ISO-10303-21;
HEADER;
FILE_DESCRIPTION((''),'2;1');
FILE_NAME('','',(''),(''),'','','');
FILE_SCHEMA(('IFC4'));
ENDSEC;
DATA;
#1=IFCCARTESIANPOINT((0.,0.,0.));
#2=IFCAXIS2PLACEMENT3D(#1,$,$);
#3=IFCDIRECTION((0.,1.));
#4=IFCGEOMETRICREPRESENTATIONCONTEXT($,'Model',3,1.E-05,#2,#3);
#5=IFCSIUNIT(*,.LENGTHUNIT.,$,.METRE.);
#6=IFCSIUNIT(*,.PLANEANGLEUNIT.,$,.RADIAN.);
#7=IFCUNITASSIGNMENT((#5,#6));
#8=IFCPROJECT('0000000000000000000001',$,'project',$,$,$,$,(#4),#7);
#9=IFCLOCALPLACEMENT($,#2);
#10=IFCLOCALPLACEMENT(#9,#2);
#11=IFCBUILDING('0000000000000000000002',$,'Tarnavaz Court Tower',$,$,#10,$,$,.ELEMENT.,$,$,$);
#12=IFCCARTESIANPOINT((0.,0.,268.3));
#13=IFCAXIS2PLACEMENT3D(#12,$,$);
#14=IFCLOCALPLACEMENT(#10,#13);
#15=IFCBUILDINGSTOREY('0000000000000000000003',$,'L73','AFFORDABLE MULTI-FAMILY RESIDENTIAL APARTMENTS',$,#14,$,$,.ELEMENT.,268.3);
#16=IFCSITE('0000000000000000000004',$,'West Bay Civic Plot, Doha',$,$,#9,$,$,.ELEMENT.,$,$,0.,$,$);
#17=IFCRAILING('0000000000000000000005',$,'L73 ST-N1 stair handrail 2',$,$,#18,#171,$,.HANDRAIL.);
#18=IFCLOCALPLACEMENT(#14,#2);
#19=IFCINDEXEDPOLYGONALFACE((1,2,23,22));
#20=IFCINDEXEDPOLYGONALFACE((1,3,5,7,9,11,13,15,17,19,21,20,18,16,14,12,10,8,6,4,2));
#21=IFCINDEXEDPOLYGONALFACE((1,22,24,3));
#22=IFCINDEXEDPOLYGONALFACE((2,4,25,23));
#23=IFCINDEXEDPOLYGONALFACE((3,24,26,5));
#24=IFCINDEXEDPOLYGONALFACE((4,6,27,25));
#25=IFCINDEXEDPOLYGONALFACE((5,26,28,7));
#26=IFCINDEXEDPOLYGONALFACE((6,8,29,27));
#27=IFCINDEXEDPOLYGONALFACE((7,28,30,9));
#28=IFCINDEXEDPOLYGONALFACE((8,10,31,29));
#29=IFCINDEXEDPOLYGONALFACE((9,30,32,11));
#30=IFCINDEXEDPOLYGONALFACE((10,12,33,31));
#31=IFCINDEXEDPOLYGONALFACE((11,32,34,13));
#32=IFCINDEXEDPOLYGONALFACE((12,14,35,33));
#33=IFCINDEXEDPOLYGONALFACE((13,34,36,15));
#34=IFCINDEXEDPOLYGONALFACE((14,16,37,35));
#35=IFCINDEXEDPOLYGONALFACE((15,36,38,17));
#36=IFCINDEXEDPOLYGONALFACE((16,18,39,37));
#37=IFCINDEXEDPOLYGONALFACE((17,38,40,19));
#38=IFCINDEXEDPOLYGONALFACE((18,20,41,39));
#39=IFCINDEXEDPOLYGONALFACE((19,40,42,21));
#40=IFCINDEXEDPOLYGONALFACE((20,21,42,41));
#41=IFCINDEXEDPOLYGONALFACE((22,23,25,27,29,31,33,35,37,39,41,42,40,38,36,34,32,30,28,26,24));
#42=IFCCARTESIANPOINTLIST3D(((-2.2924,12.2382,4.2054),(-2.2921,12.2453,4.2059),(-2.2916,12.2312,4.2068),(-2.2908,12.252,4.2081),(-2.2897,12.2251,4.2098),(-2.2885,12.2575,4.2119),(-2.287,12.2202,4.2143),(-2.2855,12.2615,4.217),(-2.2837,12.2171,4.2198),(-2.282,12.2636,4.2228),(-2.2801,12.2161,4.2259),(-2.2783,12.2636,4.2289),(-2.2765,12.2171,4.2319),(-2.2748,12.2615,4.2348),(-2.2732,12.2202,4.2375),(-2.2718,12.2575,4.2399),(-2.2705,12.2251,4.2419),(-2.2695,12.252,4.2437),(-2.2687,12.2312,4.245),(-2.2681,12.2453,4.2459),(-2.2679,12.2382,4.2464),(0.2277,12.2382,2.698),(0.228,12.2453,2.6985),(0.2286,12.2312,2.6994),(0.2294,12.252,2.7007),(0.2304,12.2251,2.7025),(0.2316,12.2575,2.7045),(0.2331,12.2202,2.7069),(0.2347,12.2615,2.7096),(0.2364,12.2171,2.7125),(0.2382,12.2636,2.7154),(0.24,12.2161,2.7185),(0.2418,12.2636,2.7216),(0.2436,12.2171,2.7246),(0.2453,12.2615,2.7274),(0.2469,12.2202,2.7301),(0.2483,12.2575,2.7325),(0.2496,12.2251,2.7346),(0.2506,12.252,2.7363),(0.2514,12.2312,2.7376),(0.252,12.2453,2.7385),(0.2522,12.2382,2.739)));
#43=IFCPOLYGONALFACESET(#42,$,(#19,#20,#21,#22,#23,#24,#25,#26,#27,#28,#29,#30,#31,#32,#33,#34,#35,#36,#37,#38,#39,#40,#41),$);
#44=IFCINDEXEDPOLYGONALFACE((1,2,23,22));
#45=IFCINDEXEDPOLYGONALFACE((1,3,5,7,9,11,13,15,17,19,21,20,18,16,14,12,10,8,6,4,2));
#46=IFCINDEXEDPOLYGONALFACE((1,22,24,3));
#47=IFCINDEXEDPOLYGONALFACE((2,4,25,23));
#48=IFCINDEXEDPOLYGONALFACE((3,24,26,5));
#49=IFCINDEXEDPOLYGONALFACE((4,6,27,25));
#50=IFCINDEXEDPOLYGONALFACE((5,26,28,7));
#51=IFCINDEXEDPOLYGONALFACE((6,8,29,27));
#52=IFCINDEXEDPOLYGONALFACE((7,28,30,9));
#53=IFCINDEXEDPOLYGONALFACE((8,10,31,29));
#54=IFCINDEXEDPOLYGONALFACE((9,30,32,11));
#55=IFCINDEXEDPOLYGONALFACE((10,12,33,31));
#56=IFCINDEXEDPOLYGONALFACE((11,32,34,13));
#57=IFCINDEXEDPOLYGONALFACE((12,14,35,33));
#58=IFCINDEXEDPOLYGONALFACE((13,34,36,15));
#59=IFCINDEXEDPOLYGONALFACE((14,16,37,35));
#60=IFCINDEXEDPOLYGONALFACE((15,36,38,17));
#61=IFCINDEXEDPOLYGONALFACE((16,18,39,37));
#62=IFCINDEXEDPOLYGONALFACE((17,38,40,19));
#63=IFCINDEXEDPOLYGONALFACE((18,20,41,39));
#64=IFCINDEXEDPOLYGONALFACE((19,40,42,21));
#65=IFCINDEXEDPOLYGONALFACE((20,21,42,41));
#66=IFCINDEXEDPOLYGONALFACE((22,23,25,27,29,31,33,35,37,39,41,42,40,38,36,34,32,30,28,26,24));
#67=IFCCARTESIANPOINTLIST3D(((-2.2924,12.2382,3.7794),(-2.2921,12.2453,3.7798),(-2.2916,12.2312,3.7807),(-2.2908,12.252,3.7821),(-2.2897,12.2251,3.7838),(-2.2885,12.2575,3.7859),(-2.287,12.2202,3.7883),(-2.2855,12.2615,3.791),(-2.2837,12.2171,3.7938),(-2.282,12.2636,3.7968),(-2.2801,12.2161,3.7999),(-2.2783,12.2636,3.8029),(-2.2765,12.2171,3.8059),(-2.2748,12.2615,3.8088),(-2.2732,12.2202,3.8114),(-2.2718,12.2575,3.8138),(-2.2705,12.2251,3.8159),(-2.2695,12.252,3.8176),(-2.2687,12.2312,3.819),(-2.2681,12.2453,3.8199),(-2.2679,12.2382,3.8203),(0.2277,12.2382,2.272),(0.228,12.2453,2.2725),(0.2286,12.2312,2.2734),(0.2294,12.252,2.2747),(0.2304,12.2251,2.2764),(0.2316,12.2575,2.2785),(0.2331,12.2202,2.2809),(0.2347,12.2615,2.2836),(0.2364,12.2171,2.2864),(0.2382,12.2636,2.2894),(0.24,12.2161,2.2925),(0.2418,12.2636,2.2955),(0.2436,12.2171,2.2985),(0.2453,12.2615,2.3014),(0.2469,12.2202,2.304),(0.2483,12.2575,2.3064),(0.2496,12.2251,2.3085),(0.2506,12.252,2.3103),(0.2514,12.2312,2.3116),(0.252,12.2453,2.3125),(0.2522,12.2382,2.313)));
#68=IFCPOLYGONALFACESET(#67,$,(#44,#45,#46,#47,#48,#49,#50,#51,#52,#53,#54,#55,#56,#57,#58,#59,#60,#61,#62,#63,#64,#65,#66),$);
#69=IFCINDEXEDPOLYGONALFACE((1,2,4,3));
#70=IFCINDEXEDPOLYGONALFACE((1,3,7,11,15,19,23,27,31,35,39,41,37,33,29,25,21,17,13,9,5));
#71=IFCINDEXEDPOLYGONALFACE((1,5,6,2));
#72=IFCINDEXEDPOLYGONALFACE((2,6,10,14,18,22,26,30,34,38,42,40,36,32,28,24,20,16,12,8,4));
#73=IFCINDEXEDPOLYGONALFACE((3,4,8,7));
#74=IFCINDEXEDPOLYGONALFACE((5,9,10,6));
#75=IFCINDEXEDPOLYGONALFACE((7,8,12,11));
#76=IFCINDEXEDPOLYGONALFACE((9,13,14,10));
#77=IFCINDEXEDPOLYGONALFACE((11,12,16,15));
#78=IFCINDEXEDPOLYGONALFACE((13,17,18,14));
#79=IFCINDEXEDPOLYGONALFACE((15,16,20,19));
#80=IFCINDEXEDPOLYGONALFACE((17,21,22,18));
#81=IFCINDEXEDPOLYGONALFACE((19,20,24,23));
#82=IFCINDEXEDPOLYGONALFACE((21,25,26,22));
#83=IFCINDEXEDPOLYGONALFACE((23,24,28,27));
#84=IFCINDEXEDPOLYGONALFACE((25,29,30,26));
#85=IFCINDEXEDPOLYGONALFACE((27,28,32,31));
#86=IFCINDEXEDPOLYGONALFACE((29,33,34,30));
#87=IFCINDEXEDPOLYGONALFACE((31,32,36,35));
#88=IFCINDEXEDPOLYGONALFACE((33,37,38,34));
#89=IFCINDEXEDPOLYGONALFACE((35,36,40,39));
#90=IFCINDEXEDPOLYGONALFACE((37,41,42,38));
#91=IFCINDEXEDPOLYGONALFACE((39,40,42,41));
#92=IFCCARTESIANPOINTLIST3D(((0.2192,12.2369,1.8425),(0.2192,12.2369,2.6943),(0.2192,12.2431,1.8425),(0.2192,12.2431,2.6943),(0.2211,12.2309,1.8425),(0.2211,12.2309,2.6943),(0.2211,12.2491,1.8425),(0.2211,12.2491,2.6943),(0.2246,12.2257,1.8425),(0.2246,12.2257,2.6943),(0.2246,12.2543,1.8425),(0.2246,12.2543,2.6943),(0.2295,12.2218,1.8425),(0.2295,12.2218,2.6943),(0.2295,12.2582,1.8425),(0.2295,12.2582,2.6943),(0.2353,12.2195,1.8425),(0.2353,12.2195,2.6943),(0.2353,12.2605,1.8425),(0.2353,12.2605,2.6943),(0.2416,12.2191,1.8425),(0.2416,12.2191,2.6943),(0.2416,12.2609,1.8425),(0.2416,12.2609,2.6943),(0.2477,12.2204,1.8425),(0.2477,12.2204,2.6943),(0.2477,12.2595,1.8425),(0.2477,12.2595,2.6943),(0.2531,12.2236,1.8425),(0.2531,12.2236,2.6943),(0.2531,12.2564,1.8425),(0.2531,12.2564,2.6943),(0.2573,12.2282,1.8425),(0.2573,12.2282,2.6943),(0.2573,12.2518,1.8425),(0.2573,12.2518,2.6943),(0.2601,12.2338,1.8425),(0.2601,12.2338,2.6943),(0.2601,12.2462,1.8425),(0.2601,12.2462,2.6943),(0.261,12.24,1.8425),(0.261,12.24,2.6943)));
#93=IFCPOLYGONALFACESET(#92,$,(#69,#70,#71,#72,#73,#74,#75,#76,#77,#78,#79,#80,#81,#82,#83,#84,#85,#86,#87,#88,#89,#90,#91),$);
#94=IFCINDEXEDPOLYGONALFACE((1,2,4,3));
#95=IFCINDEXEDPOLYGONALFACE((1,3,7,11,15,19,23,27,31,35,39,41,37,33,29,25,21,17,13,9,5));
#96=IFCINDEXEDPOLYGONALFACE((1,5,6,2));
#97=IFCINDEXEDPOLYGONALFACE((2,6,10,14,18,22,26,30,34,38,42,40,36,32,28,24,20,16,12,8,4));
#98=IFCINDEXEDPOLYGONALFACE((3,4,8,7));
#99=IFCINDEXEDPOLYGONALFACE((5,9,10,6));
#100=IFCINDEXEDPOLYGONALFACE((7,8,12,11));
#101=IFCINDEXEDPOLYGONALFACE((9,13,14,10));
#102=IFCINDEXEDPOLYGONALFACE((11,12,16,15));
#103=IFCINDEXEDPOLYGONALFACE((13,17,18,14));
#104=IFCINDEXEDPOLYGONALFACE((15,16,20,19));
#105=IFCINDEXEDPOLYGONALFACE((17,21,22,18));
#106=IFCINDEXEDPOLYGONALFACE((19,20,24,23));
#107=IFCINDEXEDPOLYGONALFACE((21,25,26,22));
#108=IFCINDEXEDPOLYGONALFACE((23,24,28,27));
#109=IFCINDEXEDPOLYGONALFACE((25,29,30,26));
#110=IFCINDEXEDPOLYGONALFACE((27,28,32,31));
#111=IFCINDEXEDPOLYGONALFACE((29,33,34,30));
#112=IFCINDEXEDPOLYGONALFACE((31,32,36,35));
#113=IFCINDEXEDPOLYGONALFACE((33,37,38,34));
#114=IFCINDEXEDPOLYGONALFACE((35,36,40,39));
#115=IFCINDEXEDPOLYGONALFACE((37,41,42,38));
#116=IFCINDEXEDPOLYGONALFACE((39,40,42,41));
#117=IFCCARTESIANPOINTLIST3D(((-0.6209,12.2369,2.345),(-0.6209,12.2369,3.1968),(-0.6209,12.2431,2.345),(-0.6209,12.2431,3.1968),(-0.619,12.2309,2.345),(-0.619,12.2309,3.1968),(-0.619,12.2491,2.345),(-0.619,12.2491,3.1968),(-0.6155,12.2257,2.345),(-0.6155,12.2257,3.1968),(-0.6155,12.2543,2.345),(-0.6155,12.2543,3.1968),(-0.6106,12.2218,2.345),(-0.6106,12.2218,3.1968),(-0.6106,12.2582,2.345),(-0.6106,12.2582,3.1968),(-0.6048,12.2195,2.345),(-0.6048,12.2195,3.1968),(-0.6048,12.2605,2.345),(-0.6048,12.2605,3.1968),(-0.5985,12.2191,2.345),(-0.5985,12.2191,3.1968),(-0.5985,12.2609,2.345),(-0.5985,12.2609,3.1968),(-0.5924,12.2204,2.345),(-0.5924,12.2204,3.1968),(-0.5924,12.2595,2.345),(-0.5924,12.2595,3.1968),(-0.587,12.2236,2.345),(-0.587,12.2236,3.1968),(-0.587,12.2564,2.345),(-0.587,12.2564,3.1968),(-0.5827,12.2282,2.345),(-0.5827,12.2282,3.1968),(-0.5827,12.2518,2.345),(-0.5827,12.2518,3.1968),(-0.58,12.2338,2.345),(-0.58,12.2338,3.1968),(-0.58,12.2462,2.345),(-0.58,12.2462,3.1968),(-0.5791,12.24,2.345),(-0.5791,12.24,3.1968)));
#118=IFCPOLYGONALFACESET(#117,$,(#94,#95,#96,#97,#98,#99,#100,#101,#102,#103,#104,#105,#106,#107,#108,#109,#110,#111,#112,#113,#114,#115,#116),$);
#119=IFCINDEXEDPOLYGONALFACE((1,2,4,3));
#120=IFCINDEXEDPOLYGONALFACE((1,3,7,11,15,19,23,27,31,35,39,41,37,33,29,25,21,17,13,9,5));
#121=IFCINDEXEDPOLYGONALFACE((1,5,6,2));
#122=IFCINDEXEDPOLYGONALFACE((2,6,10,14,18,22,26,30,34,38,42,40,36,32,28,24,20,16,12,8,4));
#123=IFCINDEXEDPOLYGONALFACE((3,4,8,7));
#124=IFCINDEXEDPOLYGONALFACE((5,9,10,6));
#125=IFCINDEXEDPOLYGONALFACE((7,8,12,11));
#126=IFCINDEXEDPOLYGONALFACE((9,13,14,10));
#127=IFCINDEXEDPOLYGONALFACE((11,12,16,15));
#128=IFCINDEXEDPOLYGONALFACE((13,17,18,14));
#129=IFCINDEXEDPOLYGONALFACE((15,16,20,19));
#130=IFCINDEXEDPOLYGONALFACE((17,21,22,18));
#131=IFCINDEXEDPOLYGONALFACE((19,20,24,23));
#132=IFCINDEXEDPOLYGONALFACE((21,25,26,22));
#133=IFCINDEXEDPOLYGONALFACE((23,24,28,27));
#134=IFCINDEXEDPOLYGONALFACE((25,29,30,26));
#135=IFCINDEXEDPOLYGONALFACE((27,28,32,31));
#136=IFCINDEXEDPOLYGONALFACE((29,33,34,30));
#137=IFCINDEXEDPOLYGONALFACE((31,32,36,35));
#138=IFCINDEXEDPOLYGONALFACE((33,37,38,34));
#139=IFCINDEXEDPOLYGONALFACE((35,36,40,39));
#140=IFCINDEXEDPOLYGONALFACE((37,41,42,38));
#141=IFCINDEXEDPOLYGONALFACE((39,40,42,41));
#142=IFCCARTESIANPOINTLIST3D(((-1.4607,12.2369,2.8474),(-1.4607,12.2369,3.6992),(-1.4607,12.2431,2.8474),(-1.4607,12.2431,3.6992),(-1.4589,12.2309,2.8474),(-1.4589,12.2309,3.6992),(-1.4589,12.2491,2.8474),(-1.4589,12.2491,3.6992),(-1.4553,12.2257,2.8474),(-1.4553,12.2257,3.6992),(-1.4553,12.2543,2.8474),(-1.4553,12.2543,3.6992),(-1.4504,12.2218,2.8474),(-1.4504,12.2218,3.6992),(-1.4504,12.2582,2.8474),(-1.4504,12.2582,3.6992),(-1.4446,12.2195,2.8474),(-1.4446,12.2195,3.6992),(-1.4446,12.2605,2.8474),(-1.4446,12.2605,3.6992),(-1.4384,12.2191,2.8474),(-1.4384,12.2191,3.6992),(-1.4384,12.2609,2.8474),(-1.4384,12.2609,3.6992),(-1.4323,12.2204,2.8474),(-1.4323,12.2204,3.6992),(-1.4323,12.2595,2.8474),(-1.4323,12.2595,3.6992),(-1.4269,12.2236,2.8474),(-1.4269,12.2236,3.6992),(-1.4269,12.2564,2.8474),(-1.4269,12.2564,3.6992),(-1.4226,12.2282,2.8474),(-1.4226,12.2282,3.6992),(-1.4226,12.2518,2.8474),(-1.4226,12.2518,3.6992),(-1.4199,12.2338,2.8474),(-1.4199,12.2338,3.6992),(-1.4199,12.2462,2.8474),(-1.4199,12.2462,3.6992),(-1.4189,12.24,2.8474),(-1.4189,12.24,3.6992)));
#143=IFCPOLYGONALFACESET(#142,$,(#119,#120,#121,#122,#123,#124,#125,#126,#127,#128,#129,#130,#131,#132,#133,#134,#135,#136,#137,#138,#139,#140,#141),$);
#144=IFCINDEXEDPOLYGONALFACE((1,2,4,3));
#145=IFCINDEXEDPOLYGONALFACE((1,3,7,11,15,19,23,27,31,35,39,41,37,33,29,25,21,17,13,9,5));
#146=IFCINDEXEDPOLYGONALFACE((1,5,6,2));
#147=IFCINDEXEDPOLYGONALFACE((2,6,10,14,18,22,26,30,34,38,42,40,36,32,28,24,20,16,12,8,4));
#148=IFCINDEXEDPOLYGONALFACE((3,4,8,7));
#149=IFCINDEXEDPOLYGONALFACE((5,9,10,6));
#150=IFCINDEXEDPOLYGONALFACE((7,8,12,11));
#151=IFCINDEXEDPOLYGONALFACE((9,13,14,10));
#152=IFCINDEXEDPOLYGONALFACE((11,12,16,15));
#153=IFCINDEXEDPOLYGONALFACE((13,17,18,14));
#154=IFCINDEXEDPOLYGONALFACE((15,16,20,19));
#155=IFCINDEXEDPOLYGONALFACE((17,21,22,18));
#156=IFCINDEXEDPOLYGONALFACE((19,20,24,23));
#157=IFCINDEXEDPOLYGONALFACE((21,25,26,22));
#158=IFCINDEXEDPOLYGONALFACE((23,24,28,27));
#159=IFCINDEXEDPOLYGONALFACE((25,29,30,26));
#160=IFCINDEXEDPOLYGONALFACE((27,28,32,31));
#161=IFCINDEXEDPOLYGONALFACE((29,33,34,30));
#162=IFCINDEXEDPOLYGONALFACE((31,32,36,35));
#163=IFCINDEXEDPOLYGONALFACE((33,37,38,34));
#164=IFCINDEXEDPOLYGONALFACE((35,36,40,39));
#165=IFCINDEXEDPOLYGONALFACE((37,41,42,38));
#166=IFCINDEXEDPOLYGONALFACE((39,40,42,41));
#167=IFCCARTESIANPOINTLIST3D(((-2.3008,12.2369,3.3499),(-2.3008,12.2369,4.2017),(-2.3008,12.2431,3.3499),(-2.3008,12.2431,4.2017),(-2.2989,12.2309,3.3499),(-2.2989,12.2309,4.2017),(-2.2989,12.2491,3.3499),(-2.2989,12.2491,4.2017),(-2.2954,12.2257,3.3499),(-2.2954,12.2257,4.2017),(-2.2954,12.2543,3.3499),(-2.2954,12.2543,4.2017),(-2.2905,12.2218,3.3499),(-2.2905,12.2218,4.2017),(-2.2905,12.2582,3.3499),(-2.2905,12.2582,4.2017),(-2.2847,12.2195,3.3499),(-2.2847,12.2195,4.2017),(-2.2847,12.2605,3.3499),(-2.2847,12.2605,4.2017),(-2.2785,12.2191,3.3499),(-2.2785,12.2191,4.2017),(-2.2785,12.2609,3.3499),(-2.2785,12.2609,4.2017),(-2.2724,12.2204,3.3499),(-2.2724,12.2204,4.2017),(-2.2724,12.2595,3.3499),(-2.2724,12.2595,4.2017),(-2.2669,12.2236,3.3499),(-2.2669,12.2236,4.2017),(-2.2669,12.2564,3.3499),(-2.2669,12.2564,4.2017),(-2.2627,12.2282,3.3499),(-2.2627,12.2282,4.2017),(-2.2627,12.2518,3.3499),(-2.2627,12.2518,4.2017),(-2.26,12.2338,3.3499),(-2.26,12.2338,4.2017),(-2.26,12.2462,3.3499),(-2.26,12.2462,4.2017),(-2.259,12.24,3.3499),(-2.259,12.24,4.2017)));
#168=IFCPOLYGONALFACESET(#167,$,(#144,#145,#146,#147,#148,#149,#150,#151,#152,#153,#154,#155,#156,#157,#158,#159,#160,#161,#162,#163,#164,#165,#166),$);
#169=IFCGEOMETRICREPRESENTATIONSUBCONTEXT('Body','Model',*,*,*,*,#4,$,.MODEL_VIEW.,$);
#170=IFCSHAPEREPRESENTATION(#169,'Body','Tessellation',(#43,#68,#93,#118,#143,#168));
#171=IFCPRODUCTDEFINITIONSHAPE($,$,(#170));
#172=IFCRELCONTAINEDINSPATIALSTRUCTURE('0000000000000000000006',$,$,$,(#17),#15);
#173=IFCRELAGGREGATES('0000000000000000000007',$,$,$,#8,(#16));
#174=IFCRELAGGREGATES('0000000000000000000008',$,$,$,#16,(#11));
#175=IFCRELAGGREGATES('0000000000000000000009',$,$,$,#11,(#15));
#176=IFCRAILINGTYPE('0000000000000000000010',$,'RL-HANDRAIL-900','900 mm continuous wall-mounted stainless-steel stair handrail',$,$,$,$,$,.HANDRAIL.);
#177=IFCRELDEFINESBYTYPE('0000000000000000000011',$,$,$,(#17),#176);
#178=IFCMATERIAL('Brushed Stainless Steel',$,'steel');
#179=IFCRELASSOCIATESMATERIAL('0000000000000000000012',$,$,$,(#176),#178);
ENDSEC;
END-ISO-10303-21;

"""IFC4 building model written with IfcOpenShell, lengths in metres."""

from ifc_helpers import new_model, si_unit, direction, frame, origin, origin_2d, place, context, subcontext, project, spatial, circle, extrude, material, type_object, element, save


model = new_model("IFC4")

# Units and contexts
model_context = context("Model", 3, precision=1e-05, world=origin(), true_north=direction((0.0, 1.0)))
body_context = subcontext(model_context, "Body", "Model", "MODEL_VIEW")
ifc_project = project(units=[si_unit("LENGTHUNIT", "METRE"), si_unit("PLANEANGLEUNIT", "RADIAN")], contexts=[model_context])

# Site, building, storey
site_placement = place(None, origin())
site = spatial("IfcSite", under=ifc_project, at=site_placement, Name="West Bay Civic Plot, Doha", CompositionType="ELEMENT", RefElevation=0.0)
building_placement = place(site_placement, origin())
building = spatial("IfcBuilding", under=site, at=building_placement, Name="Tarnavaz Court Tower", CompositionType="ELEMENT")
storey_placement = place(building_placement, frame((0.0, 0.0, 268.3)))
storey = spatial("IfcBuildingStorey", under=building, at=storey_placement, Name="L73", Description="AFFORDABLE MULTI-FAMILY RESIDENTIAL APARTMENTS", CompositionType="ELEMENT", Elevation=268.3)

# Railing
ifc_material_1 = material(Name="Brushed Stainless Steel", Category="steel")
railing_type_1 = type_object("IfcRailingType", Name="RL-HANDRAIL-900", Description="900 mm continuous wall-mounted stainless-steel stair handrail", PredefinedType="HANDRAIL", material=ifc_material_1)
railing_1_placement = place(storey_placement, frame((0.24, 12.24, 1.8425)))
element("IfcRailing", 1, at=railing_1_placement, inside=storey, type_object=railing_type_1, Name="L73 ST-N1 stair handrail 2", PredefinedType="HANDRAIL", context=body_context, shape_type="SweptSolid", body=[
    extrude(circle(Radius=0.0239, at=origin_2d()), frame((0.0, 0.0, 0.876), z_axis=(-0.858196, 0.0, 0.513321), x_axis=(0.0, -1.0, 0.0)), (0.0, 0.0, 1.0), 2.9365),
    extrude(circle(Radius=0.0239, at=origin_2d()), frame((0.0, 0.0, 0.45), z_axis=(-0.858196, 0.0, 0.513321), x_axis=(0.0, -1.0, 0.0)), (0.0, 0.0, 1.0), 2.9365),
    extrude(circle(Radius=0.021, at=origin_2d()), origin(), (0.0, 0.0, 1.0), 0.8518),
    extrude(circle(Radius=0.021, at=origin_2d()), frame((-0.8401, 0.0, 0.5024)), (0.0, 0.0, 1.0), 0.8518),
    extrude(circle(Radius=0.021, at=origin_2d()), frame((-1.6799, 0.0, 1.0049)), (0.0, 0.0, 1.0), 0.8518),
    extrude(circle(Radius=0.021, at=origin_2d()), frame((-2.52, 0.0, 1.5073)), (0.0, 0.0, 1.0), 0.8518),
])

save(model, "model.ifc")
